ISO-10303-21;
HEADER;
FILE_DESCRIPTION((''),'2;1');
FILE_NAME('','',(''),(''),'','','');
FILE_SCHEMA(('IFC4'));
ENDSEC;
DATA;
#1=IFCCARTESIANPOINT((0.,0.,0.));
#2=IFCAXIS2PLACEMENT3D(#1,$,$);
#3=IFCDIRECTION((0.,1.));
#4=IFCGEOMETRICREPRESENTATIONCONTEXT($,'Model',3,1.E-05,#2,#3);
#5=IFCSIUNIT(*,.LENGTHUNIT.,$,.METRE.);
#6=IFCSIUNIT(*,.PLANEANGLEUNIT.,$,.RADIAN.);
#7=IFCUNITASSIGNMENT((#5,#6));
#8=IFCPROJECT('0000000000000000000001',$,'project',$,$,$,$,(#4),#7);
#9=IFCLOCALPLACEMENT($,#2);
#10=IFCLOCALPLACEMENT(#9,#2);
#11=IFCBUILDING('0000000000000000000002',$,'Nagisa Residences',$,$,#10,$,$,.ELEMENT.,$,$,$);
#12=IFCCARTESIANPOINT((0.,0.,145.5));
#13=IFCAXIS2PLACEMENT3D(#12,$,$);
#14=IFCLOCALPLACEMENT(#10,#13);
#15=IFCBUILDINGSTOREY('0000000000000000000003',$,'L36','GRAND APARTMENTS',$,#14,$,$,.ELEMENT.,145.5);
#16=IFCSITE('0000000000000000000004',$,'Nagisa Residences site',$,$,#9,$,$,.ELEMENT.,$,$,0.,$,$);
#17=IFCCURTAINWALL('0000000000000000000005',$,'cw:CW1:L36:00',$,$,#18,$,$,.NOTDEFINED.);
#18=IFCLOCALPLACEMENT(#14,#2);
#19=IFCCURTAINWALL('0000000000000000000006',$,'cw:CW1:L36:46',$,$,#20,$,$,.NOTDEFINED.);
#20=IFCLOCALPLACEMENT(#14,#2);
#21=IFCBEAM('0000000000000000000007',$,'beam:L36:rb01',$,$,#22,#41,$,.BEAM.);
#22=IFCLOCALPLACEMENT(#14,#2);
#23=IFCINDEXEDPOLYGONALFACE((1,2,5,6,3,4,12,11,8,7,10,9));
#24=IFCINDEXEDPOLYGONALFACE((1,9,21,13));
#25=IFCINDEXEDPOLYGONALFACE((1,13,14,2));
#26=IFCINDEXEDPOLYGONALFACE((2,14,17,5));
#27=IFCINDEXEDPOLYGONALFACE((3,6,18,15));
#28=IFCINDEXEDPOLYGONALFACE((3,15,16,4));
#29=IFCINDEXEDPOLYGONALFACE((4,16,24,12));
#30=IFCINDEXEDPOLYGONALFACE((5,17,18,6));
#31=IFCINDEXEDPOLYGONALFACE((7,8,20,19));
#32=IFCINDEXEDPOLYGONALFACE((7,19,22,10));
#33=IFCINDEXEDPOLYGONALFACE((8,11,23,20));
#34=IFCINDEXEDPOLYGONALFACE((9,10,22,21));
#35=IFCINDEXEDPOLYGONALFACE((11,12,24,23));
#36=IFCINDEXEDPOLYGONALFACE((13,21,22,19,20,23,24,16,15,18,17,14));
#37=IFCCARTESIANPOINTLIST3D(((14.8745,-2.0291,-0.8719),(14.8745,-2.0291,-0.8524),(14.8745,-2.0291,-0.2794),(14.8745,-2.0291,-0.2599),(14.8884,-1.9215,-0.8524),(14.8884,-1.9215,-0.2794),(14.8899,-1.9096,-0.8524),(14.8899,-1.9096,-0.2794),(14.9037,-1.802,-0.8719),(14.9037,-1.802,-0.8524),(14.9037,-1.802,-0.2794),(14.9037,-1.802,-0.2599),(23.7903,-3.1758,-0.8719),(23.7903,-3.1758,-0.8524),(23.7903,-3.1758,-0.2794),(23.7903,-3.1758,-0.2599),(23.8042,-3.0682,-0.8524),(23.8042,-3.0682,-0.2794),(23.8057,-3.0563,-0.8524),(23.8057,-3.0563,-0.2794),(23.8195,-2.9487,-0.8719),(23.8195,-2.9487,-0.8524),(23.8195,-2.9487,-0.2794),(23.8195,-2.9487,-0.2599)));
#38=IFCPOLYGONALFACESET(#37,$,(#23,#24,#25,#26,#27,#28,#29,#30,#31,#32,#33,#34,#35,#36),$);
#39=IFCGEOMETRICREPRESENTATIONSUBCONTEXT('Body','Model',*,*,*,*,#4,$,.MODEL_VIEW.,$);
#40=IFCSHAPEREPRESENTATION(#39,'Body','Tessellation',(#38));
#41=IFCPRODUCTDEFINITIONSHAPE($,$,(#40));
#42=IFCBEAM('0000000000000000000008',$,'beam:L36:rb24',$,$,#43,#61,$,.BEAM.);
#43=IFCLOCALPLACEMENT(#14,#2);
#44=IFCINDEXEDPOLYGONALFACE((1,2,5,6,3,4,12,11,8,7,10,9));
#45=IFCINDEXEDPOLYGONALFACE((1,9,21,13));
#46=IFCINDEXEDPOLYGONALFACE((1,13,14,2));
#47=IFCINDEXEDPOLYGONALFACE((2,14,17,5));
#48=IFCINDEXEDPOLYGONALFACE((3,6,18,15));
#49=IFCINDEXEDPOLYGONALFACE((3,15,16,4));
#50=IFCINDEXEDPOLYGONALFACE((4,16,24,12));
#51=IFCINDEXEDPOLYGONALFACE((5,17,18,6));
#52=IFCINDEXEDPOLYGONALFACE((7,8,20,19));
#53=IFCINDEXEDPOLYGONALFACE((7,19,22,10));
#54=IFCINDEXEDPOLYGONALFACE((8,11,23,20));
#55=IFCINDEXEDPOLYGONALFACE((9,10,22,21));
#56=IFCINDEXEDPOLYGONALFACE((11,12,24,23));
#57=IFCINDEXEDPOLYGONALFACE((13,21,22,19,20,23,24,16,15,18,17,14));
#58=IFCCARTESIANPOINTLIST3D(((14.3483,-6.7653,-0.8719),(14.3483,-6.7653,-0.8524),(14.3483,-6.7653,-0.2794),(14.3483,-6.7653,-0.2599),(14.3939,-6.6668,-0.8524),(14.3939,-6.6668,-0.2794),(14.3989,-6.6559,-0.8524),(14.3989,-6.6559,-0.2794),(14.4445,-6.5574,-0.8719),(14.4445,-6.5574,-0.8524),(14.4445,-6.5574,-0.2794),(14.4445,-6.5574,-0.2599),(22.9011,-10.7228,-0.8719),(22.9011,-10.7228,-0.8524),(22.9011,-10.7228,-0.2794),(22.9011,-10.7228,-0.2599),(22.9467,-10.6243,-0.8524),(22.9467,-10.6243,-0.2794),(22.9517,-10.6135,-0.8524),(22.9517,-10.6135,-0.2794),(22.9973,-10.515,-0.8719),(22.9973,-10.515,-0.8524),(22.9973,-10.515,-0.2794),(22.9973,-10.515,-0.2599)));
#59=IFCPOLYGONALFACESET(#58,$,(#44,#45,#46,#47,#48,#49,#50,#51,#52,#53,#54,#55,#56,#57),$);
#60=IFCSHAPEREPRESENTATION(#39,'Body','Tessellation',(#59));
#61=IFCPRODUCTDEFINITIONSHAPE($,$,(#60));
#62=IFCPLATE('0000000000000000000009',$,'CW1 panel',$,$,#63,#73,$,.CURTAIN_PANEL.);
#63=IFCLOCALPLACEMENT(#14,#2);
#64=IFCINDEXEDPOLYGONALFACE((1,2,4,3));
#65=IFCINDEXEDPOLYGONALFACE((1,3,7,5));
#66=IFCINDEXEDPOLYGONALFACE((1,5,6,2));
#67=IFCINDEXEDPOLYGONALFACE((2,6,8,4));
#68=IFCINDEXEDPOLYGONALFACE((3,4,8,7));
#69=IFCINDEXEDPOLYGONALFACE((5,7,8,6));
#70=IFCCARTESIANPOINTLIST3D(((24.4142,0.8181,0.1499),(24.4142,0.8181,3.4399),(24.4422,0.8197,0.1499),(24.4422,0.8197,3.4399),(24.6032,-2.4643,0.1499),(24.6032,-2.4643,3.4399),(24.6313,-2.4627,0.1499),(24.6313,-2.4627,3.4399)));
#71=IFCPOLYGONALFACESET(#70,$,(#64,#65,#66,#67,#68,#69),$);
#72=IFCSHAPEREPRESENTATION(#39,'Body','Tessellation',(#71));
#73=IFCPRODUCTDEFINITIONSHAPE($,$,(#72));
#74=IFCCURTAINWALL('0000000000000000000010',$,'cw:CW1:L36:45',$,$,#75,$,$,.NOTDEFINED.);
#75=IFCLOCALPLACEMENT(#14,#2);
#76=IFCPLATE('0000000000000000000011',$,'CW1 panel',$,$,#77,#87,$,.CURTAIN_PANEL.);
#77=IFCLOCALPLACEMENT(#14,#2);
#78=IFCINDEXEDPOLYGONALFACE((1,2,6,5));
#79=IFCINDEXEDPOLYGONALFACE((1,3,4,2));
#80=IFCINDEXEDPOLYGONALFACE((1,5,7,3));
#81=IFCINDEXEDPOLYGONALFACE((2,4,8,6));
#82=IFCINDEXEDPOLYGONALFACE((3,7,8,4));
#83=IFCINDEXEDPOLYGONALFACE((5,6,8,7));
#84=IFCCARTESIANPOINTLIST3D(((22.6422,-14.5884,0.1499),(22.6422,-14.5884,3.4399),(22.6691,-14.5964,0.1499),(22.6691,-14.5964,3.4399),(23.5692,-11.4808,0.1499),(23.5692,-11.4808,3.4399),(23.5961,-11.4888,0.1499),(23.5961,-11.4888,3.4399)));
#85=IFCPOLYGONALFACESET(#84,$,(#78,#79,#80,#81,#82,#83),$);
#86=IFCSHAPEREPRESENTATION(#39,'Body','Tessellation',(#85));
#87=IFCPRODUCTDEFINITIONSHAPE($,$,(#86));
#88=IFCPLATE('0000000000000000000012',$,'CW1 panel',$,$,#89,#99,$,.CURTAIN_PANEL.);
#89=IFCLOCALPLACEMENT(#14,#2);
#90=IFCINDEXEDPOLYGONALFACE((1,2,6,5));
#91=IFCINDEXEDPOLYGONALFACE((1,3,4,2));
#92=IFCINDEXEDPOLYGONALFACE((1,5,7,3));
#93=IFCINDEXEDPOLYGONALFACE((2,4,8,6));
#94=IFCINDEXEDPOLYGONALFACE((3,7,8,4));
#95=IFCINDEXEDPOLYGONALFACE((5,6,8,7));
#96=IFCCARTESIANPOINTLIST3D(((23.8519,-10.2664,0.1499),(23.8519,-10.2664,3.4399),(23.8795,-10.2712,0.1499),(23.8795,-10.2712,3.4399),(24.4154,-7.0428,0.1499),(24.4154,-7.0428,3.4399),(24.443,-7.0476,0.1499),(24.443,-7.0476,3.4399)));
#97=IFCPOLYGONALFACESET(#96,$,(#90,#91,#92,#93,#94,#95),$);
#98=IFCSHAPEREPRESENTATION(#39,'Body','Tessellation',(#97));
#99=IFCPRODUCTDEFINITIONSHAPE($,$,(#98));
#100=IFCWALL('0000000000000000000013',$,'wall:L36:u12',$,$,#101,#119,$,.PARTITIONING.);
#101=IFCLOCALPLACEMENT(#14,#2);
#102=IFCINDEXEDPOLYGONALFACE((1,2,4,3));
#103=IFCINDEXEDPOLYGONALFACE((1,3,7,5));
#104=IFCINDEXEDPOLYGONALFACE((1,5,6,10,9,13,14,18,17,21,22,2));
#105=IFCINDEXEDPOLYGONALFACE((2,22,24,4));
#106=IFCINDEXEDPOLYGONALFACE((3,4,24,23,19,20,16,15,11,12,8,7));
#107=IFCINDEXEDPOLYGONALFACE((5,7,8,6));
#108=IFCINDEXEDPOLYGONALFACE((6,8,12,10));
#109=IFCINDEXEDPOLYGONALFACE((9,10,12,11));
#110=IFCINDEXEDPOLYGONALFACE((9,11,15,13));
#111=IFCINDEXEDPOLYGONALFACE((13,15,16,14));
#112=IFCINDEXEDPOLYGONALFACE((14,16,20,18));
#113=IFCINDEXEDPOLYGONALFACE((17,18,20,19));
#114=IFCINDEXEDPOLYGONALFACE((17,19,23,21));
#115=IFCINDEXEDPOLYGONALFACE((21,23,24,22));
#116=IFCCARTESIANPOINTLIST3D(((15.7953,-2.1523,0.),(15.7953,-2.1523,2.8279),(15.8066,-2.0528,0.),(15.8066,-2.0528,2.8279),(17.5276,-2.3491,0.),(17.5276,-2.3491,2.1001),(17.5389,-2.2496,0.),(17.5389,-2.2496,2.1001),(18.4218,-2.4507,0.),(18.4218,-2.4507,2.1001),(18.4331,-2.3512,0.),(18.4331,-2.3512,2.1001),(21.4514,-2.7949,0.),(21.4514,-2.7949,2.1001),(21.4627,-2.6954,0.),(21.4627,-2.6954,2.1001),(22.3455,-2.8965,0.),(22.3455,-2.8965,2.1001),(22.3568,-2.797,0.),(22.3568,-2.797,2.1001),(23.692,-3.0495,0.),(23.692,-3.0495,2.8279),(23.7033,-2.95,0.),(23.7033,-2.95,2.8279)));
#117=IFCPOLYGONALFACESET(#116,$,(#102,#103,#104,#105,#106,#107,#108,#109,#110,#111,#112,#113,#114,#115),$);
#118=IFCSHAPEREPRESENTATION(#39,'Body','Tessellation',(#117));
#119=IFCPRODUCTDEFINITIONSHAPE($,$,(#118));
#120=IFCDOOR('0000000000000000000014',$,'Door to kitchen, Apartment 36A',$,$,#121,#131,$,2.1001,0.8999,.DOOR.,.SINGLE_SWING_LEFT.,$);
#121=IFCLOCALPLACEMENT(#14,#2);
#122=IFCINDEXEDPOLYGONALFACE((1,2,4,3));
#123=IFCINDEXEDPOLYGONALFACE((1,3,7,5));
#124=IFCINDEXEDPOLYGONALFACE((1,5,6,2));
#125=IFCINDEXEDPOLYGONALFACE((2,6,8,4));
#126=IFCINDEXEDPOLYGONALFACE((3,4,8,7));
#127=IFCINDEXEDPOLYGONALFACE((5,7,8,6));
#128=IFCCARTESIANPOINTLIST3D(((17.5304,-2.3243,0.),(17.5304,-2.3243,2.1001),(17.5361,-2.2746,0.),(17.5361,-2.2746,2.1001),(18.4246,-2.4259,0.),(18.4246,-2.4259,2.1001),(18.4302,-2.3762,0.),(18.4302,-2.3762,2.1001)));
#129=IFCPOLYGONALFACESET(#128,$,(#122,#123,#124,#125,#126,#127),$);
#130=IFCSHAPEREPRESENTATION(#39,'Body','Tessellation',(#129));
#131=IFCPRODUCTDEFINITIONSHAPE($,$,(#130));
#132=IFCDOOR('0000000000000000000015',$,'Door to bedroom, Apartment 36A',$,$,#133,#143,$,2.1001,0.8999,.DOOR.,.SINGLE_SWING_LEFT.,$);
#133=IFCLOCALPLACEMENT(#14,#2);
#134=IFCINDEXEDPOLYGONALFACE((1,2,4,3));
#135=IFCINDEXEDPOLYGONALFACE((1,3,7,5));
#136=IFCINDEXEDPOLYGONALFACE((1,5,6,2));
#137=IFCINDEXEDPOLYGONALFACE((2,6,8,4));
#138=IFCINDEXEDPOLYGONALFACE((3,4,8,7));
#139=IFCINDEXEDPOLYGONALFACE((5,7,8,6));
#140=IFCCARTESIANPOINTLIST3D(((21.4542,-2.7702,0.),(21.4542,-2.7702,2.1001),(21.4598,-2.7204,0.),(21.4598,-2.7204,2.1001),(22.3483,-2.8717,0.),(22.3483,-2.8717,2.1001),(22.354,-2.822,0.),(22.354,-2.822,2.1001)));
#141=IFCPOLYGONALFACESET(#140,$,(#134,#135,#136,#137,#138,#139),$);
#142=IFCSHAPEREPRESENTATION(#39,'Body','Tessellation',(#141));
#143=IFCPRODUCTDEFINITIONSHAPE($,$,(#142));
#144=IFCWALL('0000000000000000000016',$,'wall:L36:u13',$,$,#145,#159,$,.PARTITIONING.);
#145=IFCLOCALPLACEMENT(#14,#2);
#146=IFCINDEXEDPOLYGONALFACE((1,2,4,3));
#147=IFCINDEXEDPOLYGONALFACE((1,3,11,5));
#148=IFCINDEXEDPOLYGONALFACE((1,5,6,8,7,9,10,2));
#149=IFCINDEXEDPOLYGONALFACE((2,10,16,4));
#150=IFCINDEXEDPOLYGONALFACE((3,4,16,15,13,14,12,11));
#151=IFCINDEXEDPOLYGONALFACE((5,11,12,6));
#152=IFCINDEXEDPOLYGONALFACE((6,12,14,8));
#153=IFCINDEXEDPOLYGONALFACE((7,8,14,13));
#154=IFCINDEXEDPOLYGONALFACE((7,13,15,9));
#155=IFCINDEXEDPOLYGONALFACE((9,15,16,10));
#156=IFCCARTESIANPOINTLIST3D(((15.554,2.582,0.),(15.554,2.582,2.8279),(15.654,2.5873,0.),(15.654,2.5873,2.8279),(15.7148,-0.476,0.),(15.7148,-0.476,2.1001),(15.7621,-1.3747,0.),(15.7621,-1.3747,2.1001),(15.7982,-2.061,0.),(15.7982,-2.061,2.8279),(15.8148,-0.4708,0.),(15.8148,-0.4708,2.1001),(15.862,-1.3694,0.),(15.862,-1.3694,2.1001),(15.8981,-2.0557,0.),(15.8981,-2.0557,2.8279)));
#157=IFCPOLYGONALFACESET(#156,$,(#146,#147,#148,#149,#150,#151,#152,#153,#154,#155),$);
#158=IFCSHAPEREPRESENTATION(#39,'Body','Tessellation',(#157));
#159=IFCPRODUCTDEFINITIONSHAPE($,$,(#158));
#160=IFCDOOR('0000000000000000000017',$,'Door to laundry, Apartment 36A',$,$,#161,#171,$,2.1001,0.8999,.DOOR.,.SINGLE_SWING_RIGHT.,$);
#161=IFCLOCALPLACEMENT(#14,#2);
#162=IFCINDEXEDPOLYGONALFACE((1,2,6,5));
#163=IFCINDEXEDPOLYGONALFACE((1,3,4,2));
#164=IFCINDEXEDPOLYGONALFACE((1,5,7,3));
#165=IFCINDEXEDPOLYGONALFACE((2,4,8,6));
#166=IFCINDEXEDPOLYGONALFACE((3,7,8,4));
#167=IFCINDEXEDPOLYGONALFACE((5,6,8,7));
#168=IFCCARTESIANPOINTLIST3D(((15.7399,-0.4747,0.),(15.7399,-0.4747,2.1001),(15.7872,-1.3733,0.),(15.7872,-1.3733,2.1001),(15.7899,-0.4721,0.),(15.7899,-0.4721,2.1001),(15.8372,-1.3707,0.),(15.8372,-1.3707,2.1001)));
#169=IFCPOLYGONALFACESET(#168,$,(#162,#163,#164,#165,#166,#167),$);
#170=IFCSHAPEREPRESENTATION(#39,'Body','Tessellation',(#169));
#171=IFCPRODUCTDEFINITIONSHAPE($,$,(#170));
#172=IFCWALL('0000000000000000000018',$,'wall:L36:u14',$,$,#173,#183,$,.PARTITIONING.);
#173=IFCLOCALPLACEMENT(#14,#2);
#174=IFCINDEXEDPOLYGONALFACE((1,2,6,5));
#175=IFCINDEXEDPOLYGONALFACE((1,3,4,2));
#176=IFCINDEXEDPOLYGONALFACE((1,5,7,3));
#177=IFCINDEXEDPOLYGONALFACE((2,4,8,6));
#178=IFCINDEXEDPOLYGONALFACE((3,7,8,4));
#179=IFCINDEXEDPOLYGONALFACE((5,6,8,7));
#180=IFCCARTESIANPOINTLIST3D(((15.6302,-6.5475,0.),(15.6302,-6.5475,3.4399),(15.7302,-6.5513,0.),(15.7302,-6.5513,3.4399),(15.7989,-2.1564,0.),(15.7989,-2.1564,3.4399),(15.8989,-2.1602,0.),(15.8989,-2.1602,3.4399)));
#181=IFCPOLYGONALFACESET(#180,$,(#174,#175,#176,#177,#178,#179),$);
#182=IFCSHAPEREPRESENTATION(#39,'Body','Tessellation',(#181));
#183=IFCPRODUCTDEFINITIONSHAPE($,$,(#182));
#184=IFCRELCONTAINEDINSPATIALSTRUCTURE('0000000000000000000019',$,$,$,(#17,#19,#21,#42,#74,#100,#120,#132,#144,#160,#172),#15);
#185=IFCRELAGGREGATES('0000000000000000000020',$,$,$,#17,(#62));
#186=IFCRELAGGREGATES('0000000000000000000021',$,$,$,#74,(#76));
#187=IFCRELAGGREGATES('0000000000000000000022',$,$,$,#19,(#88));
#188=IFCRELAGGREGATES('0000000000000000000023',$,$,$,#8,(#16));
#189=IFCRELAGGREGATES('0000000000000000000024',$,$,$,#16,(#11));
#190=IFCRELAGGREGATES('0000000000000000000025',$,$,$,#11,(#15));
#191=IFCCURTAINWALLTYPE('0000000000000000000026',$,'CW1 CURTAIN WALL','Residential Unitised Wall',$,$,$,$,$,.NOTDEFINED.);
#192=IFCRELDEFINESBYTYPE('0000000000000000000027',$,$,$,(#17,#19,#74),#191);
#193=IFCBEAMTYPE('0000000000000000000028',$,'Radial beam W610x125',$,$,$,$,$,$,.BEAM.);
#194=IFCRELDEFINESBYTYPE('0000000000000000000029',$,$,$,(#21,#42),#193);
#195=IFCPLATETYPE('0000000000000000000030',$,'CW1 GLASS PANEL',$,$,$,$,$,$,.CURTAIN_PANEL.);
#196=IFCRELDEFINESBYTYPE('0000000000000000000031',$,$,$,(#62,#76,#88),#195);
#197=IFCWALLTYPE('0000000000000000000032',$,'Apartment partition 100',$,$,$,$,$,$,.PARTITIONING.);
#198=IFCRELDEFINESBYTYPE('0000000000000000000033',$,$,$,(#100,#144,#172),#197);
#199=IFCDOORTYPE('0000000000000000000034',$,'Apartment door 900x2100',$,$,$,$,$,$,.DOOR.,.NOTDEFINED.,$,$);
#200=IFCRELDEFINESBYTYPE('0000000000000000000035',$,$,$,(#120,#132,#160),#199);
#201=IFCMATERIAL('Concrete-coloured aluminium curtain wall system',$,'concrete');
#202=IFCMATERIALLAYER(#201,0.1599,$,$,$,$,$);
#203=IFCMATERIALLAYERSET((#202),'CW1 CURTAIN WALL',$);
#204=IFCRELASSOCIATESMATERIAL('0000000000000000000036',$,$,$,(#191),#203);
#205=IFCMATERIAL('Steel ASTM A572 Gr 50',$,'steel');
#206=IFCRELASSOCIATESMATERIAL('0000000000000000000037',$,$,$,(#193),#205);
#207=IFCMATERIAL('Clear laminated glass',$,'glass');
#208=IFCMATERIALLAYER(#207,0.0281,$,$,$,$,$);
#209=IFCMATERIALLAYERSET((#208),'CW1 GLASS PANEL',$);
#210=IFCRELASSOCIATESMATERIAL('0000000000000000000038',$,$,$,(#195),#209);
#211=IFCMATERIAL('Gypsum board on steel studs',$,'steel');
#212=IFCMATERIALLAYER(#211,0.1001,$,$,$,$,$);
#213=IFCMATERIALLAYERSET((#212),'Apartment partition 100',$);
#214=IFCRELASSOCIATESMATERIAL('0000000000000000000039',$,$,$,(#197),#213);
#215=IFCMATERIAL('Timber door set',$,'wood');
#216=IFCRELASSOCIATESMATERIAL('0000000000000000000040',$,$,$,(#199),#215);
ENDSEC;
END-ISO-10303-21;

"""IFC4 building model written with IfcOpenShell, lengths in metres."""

from ifc_helpers import new_model, si_unit, direction, frame, frame_2d, origin, origin_2d, place, context, subcontext, project, spatial, rectangle, i_section, extrude, material, layer, layer_set, material_profile, profile_set, type_object, element, fill, aggregate, save


model = new_model("IFC4")

# Units and contexts
model_context = context("Model", 3, precision=1e-05, world=origin(), true_north=direction((0.0, 1.0)))
body_context = subcontext(model_context, "Body", "Model", "MODEL_VIEW")
ifc_project = project(units=[si_unit("LENGTHUNIT", "METRE"), si_unit("PLANEANGLEUNIT", "RADIAN")], contexts=[model_context])

# Site, building, storey
site_placement = place(None, origin())
site = spatial("IfcSite", under=ifc_project, at=site_placement, Name="Nagisa Residences site", CompositionType="ELEMENT", RefElevation=0.0)
building_placement = place(site_placement, origin())
building = spatial("IfcBuilding", under=site, at=building_placement, Name="Nagisa Residences", CompositionType="ELEMENT")
storey_placement = place(building_placement, frame((0.0, 0.0, 145.5)))
storey = spatial("IfcBuildingStorey", under=building, at=storey_placement, Name="L36", Description="GRAND APARTMENTS", CompositionType="ELEMENT", Elevation=145.5)

# Curtain walls
ifc_material_1 = material(Name="Concrete-coloured aluminium curtain wall system", Category="concrete")
ifc_layer_1 = layer(ifc_material_1, 0.1599)
ifc_layer_set_1 = layer_set([ifc_layer_1], Name="CW1 CURTAIN WALL")
curtain_wall_type = type_object("IfcCurtainWallType", Name="CW1 CURTAIN WALL", Description="Residential Unitised Wall", PredefinedType="NOTDEFINED", material=ifc_layer_set_1)
curtain_wall_1_placement = place(storey_placement, origin())
curtain_wall_1 = element("IfcCurtainWall", 1, at=curtain_wall_1_placement, inside=storey, type_object=curtain_wall_type, Name="cw:CW1:L36:00", PredefinedType="NOTDEFINED")
curtain_wall_2_placement = place(storey_placement, origin())
curtain_wall_2 = element("IfcCurtainWall", 2, at=curtain_wall_2_placement, inside=storey, type_object=curtain_wall_type, Name="cw:CW1:L36:46", PredefinedType="NOTDEFINED")

# Beams
ifc_material_2 = material(Name="Steel ASTM A572 Gr 50", Category="steel")
ifc_material_profile_1 = material_profile(ifc_material_2, i_section(OverallWidth=0.229, OverallDepth=0.6121, WebThickness=0.012, FlangeThickness=0.0195, at=origin_2d()), Name="W610x125")
ifc_profile_set_1 = profile_set([ifc_material_profile_1], Name="Steel ASTM A572 Gr 50")
beam_type_1 = type_object("IfcBeamType", Name="Radial beam W610x125", PredefinedType="BEAM", material=ifc_profile_set_1)
beam_1_placement = place(storey_placement, frame((23.8049, -3.0623, -0.5659), z_axis=(-0.99183, 0.127567, 0.0), x_axis=(-0.127567, -0.99183, 0.0)))
element("IfcBeam", 3, at=beam_1_placement, inside=storey, type_object=beam_type_1, Name="beam:L36:rb01", PredefinedType="BEAM", context=body_context, shape_type="SweptSolid", body=[
    extrude(i_section(OverallWidth=0.229, OverallDepth=0.6121, WebThickness=0.012, FlangeThickness=0.0195, at=origin_2d()), origin(), (0.0, 0.0, 1.0), 8.9893),
])
beam_2_placement = place(storey_placement, frame((22.9492, -10.6189, -0.5659), z_axis=(-0.907551, 0.419942, 0.0), x_axis=(-0.419942, -0.907551, 0.0)))
element("IfcBeam", 4, at=beam_2_placement, inside=storey, type_object=beam_type_1, Name="beam:L36:rb24", PredefinedType="BEAM", context=body_context, shape_type="SweptSolid", body=[
    extrude(i_section(OverallWidth=0.229, OverallDepth=0.6121, WebThickness=0.012, FlangeThickness=0.0195, at=origin_2d()), origin(), (0.0, 0.0, 1.0), 9.4241),
])

# Plate
ifc_material_3 = material(Name="Clear laminated glass", Category="glass")
ifc_layer_2 = layer(ifc_material_3, 0.0281)
ifc_layer_set_2 = layer_set([ifc_layer_2], Name="CW1 GLASS PANEL")
plate_type = type_object("IfcPlateType", Name="CW1 GLASS PANEL", PredefinedType="CURTAIN_PANEL", material=ifc_layer_set_2)
plate_1_placement = place(storey_placement, frame((24.5227, -0.8223, 0.1499), z_axis=(0.0, 0.0, 1.0), x_axis=(-0.057503, 0.998345, 0.0)))
plate_1 = element("IfcPlate", 5, at=plate_1_placement, type_object=plate_type, Name="CW1 panel", PredefinedType="CURTAIN_PANEL", context=body_context, shape_type="SweptSolid", body=[
    extrude(rectangle(XDim=3.2878, YDim=0.0281, at=origin_2d()), origin(), (0.0, 0.0, 1.0), 3.29),
])
aggregate(curtain_wall_1, [plate_1])

# Curtain wall, plate
curtain_wall_3_placement = place(storey_placement, origin())
curtain_wall_3 = element("IfcCurtainWall", 6, at=curtain_wall_3_placement, inside=storey, type_object=curtain_wall_type, Name="cw:CW1:L36:45", PredefinedType="NOTDEFINED")
plate_2_placement = place(storey_placement, frame((23.1191, -13.0386, 0.1499), z_axis=(0.0, 0.0, 1.0), x_axis=(0.28586, 0.958271, 0.0)))
plate_2 = element("IfcPlate", 7, at=plate_2_placement, type_object=plate_type, Name="CW1 panel", PredefinedType="CURTAIN_PANEL", context=body_context, shape_type="SweptSolid", body=[
    extrude(rectangle(XDim=3.2429, YDim=0.0281, at=origin_2d()), origin(), (0.0, 0.0, 1.0), 3.29),
])
aggregate(curtain_wall_3, [plate_2])

# Plate
plate_3_placement = place(storey_placement, frame((24.1475, -8.657, 0.1499), z_axis=(0.0, 0.0, 1.0), x_axis=(0.172191, 0.985064, 0.0)))
plate_3 = element("IfcPlate", 8, at=plate_3_placement, type_object=plate_type, Name="CW1 panel", PredefinedType="CURTAIN_PANEL", context=body_context, shape_type="SweptSolid", body=[
    extrude(rectangle(XDim=3.2725, YDim=0.0281, at=origin_2d()), origin(), (0.0, 0.0, 1.0), 3.29),
])
aggregate(curtain_wall_2, [plate_3])

# Wall, openings, doors
ifc_material_4 = material(Name="Gypsum board on steel studs", Category="steel")
ifc_layer_3 = layer(ifc_material_4, 0.1001)
ifc_layer_set_3 = layer_set([ifc_layer_3], Name="Apartment partition 100")
wall_type_1 = type_object("IfcWallType", Name="Apartment partition 100", PredefinedType="PARTITIONING", material=ifc_layer_set_3)
wall_1_placement = place(storey_placement, frame((15.801, -2.1025, 0.0), z_axis=(0.0, 0.0, 1.0), x_axis=(0.993607, -0.112892, 0.0)))
wall_1 = element("IfcWall", 9, at=wall_1_placement, inside=storey, type_object=wall_type_1, Name="wall:L36:u12", PredefinedType="PARTITIONING", context=body_context, shape_type="SweptSolid", body=[
    extrude(rectangle(XDim=7.9475, YDim=0.1001, at=frame_2d((3.9736, 0.0))), origin(), (0.0, 0.0, 1.0), 2.8279),
])
opening_1_placement = place(wall_1_placement, frame((1.7434, 0.0, 0.0)))
opening_1 = element("IfcOpeningElement", 10, at=opening_1_placement, cuts=wall_1, PredefinedType="OPENING", context=body_context, shape_type="SweptSolid", body=[
    extrude(rectangle(XDim=0.8999, YDim=2.1001, at=frame_2d((0.45, 1.05))), frame((0.0, 0.0601, 0.0), z_axis=(0.0, -1.0, 0.0), x_axis=(1.0, 0.0, 0.0)), (0.0, 0.0, 1.0), 0.1201),
])
opening_2_placement = place(wall_1_placement, frame((5.6924, 0.0, 0.0)))
opening_2 = element("IfcOpeningElement", 11, at=opening_2_placement, cuts=wall_1, PredefinedType="OPENING", context=body_context, shape_type="SweptSolid", body=[
    extrude(rectangle(XDim=0.8999, YDim=2.1001, at=frame_2d((0.45, 1.05))), frame((0.0, 0.0601, 0.0), z_axis=(0.0, -1.0, 0.0), x_axis=(1.0, 0.0, 0.0)), (0.0, 0.0, 1.0), 0.1201),
])
ifc_material_5 = material(Name="Timber door set", Category="wood")
door_type_1 = type_object("IfcDoorType", Name="Apartment door 900x2100", OperationType="NOTDEFINED", PredefinedType="DOOR", material=ifc_material_5)
door_1_placement = place(opening_1_placement, origin())
door_1 = element("IfcDoor", 12, at=door_1_placement, inside=storey, type_object=door_type_1, Name="Door to kitchen, Apartment 36A", OperationType="SINGLE_SWING_LEFT", OverallHeight=2.1001, OverallWidth=0.8999, PredefinedType="DOOR", context=body_context, shape_type="SweptSolid", body=[
    extrude(rectangle(XDim=0.8999, YDim=2.1001, at=frame_2d((0.45, 1.05))), frame((0.0, 0.0249, 0.0), z_axis=(0.0, -1.0, 0.0), x_axis=(1.0, 0.0, 0.0)), (0.0, 0.0, 1.0), 0.05),
])
fill(opening_1, door_1)
door_2_placement = place(opening_2_placement, origin())
door_2 = element("IfcDoor", 13, at=door_2_placement, inside=storey, type_object=door_type_1, Name="Door to bedroom, Apartment 36A", OperationType="SINGLE_SWING_LEFT", OverallHeight=2.1001, OverallWidth=0.8999, PredefinedType="DOOR", context=body_context, shape_type="SweptSolid", body=[
    extrude(rectangle(XDim=0.8999, YDim=2.1001, at=frame_2d((0.45, 1.05))), frame((0.0, 0.0249, 0.0), z_axis=(0.0, -1.0, 0.0), x_axis=(1.0, 0.0, 0.0)), (0.0, 0.0, 1.0), 0.05),
])
fill(opening_2, door_2)

# Wall, opening, door
wall_2_placement = place(storey_placement, frame((15.8481, -2.0583, 0.0), z_axis=(0.0, 0.0, 1.0), x_axis=(-0.052509, 0.99862, 0.0)))
wall_2 = element("IfcWall", 14, at=wall_2_placement, inside=storey, type_object=wall_type_1, Name="wall:L36:u13", PredefinedType="PARTITIONING", context=body_context, shape_type="SweptSolid", body=[
    extrude(rectangle(XDim=4.6494, YDim=0.1001, at=frame_2d((2.3247, 0.0))), origin(), (0.0, 0.0, 1.0), 2.8279),
])
opening_3_placement = place(wall_2_placement, frame((0.6873, 0.0, 0.0)))
opening_3 = element("IfcOpeningElement", 15, at=opening_3_placement, cuts=wall_2, PredefinedType="OPENING", context=body_context, shape_type="SweptSolid", body=[
    extrude(rectangle(XDim=0.8999, YDim=2.1001, at=frame_2d((0.45, 1.05))), frame((0.0, 0.0601, 0.0), z_axis=(0.0, -1.0, 0.0), x_axis=(1.0, 0.0, 0.0)), (0.0, 0.0, 1.0), 0.1201),
])
door_3_placement = place(opening_3_placement, origin())
door_3 = element("IfcDoor", 16, at=door_3_placement, inside=storey, type_object=door_type_1, Name="Door to laundry, Apartment 36A", OperationType="SINGLE_SWING_RIGHT", OverallHeight=2.1001, OverallWidth=0.8999, PredefinedType="DOOR", context=body_context, shape_type="SweptSolid", body=[
    extrude(rectangle(XDim=0.8999, YDim=2.1001, at=frame_2d((0.45, 1.05))), frame((0.0, 0.0249, 0.0), z_axis=(0.0, -1.0, 0.0), x_axis=(1.0, 0.0, 0.0)), (0.0, 0.0, 1.0), 0.05),
])
fill(opening_3, door_3)

# Wall
wall_3_placement = place(storey_placement, frame((15.8489, -2.1582, 0.0), z_axis=(0.0, 0.0, 1.0), x_axis=(-0.03839, -0.999263, 0.0)))
element("IfcWall", 17, at=wall_3_placement, inside=storey, type_object=wall_type_1, Name="wall:L36:u14", PredefinedType="PARTITIONING", context=body_context, shape_type="SweptSolid", body=[
    extrude(rectangle(XDim=4.3943, YDim=0.1001, at=frame_2d((2.1973, 0.0))), origin(), (0.0, 0.0, 1.0), 3.4399),
])

save(model, "model.ifc")
